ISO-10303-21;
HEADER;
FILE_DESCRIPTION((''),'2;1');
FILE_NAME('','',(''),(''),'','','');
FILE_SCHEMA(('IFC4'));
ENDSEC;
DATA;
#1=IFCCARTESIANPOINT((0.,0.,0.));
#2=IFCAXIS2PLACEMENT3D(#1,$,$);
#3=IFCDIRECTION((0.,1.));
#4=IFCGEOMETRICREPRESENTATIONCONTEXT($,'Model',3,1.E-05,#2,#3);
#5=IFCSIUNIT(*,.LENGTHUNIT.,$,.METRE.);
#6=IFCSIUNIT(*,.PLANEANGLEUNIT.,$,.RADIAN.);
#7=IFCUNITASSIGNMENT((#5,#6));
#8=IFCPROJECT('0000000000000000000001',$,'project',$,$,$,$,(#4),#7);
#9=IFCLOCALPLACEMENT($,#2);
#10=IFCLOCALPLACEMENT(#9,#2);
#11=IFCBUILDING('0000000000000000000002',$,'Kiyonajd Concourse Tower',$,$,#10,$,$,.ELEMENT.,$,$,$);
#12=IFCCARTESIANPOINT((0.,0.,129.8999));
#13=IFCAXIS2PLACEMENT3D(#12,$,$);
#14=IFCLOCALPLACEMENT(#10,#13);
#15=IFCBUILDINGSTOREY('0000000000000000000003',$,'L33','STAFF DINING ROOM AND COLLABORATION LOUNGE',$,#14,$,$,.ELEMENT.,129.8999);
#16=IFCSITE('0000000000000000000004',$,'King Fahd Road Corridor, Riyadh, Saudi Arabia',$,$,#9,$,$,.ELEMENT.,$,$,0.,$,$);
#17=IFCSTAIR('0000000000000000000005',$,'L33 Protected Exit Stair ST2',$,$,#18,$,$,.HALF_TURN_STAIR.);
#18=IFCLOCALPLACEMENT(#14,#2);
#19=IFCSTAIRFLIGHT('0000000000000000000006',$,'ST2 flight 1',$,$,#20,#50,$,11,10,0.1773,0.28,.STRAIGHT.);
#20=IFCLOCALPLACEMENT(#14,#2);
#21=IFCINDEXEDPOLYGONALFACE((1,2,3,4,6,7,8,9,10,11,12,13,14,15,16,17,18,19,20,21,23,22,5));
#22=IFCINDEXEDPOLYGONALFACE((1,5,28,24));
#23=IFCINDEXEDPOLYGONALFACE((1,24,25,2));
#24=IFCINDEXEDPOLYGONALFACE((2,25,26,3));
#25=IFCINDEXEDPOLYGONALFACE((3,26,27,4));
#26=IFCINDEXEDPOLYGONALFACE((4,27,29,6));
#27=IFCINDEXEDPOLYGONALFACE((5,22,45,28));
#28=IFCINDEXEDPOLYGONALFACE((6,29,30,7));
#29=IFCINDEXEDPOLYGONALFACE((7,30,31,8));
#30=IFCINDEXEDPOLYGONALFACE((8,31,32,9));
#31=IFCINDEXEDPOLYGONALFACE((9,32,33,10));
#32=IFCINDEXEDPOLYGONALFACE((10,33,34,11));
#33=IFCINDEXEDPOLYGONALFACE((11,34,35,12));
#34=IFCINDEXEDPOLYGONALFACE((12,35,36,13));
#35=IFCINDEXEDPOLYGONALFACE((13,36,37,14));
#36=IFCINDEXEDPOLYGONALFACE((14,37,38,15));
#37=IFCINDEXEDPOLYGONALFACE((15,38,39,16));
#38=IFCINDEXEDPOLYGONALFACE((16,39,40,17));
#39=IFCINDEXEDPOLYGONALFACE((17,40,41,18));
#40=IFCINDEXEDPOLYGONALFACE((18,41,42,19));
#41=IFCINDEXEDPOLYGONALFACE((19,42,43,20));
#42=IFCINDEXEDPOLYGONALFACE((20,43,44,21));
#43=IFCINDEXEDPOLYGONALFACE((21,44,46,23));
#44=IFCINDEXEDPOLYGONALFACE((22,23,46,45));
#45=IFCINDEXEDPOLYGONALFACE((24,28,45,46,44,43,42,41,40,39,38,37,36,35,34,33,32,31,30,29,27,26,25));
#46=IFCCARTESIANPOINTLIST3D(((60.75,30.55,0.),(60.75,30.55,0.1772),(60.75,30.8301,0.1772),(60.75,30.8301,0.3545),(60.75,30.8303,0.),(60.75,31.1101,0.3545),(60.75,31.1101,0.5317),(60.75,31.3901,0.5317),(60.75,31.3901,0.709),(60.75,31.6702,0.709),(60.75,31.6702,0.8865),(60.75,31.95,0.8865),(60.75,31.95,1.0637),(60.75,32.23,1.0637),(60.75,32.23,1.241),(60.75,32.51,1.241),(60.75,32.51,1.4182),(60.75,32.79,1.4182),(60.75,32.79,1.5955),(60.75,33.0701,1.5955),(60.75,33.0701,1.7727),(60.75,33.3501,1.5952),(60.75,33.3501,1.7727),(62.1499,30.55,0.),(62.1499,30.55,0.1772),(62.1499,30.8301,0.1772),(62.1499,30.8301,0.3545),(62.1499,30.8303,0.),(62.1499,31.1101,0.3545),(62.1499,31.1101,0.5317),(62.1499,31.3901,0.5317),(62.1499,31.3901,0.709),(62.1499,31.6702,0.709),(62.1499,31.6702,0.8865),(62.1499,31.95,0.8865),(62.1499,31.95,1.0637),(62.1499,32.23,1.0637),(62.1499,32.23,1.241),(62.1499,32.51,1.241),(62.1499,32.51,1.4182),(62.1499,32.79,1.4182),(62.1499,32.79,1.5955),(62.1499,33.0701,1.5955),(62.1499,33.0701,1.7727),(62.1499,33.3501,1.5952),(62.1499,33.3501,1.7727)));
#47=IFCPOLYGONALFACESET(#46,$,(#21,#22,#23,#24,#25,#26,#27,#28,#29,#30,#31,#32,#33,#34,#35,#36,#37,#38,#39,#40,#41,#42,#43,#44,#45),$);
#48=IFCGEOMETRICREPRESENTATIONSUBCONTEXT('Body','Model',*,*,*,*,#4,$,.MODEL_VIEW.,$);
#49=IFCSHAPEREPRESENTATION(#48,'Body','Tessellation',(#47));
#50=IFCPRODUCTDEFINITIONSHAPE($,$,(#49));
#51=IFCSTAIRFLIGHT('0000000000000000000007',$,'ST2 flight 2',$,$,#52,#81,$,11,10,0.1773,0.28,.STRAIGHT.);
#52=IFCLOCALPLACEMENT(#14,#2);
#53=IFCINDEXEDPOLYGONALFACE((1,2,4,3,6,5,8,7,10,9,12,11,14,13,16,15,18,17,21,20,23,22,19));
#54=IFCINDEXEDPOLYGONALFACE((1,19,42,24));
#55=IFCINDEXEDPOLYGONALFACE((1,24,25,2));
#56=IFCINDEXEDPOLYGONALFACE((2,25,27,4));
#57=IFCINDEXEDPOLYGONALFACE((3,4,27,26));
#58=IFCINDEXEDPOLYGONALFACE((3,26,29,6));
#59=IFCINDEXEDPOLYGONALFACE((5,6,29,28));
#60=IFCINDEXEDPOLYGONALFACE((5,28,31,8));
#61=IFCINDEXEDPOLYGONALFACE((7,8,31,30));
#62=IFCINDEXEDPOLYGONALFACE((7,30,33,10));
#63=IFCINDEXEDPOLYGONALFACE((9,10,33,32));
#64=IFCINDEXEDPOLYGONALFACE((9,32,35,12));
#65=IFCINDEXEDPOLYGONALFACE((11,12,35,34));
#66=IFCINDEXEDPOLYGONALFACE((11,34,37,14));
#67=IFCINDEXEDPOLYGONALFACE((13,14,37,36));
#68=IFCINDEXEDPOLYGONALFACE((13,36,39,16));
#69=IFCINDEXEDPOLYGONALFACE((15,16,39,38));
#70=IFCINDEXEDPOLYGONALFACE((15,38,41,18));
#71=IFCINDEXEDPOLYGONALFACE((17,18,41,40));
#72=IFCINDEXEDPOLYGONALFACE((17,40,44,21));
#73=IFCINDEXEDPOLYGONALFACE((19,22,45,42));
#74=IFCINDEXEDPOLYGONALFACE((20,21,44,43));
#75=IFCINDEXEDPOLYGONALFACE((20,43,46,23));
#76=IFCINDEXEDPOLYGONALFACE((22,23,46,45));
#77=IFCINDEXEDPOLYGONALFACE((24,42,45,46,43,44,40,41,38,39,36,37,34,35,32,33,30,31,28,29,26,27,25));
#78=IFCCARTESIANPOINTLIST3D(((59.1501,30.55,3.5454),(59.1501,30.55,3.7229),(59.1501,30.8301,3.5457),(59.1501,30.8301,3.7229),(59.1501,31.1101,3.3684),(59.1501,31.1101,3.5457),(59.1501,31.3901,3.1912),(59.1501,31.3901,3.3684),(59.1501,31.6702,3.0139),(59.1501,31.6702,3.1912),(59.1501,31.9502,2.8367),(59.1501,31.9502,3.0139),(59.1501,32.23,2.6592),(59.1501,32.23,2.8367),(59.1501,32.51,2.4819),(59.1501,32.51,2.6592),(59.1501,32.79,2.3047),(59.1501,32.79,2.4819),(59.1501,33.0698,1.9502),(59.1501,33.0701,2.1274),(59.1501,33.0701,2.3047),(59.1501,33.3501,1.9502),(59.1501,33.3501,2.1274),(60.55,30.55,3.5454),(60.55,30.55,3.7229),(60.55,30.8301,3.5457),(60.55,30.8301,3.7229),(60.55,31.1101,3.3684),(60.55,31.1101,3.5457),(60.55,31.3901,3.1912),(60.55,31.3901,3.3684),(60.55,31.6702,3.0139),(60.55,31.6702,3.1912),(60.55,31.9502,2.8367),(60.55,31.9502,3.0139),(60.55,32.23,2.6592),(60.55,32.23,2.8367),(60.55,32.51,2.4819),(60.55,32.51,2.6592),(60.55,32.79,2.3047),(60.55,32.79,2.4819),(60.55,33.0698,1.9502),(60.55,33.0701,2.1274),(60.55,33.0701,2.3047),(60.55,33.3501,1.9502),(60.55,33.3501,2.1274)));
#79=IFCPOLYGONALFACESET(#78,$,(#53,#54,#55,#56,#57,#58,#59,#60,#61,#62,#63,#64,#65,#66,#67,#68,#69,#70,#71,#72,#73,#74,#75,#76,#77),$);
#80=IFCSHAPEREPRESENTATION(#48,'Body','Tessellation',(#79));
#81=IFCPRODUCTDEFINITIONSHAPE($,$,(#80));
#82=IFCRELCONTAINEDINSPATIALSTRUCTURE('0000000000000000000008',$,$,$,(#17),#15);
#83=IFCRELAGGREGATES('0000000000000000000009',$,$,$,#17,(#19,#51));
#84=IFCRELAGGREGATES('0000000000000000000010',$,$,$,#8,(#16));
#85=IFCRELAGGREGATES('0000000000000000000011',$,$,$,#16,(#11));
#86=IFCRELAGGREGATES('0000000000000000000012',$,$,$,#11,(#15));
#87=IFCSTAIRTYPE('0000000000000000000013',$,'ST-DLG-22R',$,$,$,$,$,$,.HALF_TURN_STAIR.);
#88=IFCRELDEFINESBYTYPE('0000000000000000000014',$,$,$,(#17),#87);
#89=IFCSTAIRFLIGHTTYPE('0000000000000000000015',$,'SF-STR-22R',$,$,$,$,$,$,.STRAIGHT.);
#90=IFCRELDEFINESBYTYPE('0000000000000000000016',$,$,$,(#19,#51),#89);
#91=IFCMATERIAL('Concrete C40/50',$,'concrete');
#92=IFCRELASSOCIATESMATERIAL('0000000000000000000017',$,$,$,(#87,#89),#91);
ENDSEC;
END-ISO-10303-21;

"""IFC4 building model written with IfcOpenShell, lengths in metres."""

from ifc_helpers import new_model, si_unit, direction, frame, origin, place, context, subcontext, project, spatial, polyline, outline, extrude, material, type_object, element, aggregate, save


model = new_model("IFC4")

# Units and contexts
model_context = context("Model", 3, precision=1e-05, world=origin(), true_north=direction((0.0, 1.0)))
body_context = subcontext(model_context, "Body", "Model", "MODEL_VIEW")
ifc_project = project(units=[si_unit("LENGTHUNIT", "METRE"), si_unit("PLANEANGLEUNIT", "RADIAN")], contexts=[model_context])

# Site, building, storey
site_placement = place(None, origin())
site = spatial("IfcSite", under=ifc_project, at=site_placement, Name="King Fahd Road Corridor, Riyadh, Saudi Arabia", CompositionType="ELEMENT", RefElevation=0.0)
building_placement = place(site_placement, origin())
building = spatial("IfcBuilding", under=site, at=building_placement, Name="Kiyonajd Concourse Tower", CompositionType="ELEMENT")
storey_placement = place(building_placement, frame((0.0, 0.0, 129.8999)))
storey = spatial("IfcBuildingStorey", under=building, at=storey_placement, Name="L33", Description="STAFF DINING ROOM AND COLLABORATION LOUNGE", CompositionType="ELEMENT", Elevation=129.8999)

# Stair, stair flights
ifc_material_1 = material(Name="Concrete C40/50", Category="concrete")
stair_type = type_object("IfcStairType", Name="ST-DLG-22R", PredefinedType="HALF_TURN_STAIR", material=ifc_material_1)
stair_placement = place(storey_placement, origin())
stair = element("IfcStair", 1, at=stair_placement, inside=storey, type_object=stair_type, Name="L33 Protected Exit Stair ST2", PredefinedType="HALF_TURN_STAIR")
stair_flight_type = type_object("IfcStairFlightType", Name="SF-STR-22R", PredefinedType="STRAIGHT", material=ifc_material_1)
stair_flight_1_placement = place(storey_placement, frame((61.45, 30.55, 0.0), z_axis=(0.0, 0.0, 1.0), x_axis=(0.0, 1.0, 0.0)))
stair_flight_1 = element("IfcStairFlight", 2, at=stair_flight_1_placement, type_object=stair_flight_type, Name="ST2 flight 1", NumberOfRisers=11, NumberOfTreads=10, PredefinedType="STRAIGHT", RiserHeight=0.1773, TreadLength=0.28, context=body_context, shape_type="SweptSolid", body=[
    extrude(outline(polyline([(0.0, 0.0), (0.0, 0.1772), (0.28, 0.1772), (0.28, 0.3545), (0.5601, 0.3545), (0.5601, 0.5317), (0.8401, 0.5317), (0.8401, 0.709), (1.1201, 0.709), (1.1201, 0.8865), (1.3999, 0.8865), (1.3999, 1.0637), (1.6799, 1.0637), (1.6799, 1.241), (1.96, 1.241), (1.96, 1.4182), (2.24, 1.4182), (2.24, 1.5955), (2.52, 1.5955), (2.52, 1.7727), (2.8, 1.7727), (2.8, 1.95), (2.8, 1.5952), (0.2803, 0.0), (0.0, 0.0)])), frame((0.0, 0.7, 0.0), z_axis=(0.0, -1.0, 0.0), x_axis=(1.0, 0.0, 0.0)), (0.0, 0.0, 1.0), 1.3999),
])
stair_flight_2_placement = place(storey_placement, frame((59.8501, 33.3501, 1.9502), z_axis=(0.0, 0.0, 1.0), x_axis=(0.0, -1.0, 0.0)))
stair_flight_2 = element("IfcStairFlight", 3, at=stair_flight_2_placement, type_object=stair_flight_type, Name="ST2 flight 2", NumberOfRisers=11, NumberOfTreads=10, PredefinedType="STRAIGHT", RiserHeight=0.1773, TreadLength=0.28, context=body_context, shape_type="SweptSolid", body=[
    extrude(outline(polyline([(0.0, 0.0), (0.0, 0.1772), (0.28, 0.1772), (0.28, 0.3545), (0.5601, 0.3545), (0.5601, 0.5317), (0.8401, 0.5317), (0.8401, 0.709), (1.1201, 0.709), (1.1201, 0.8865), (1.3999, 0.8865), (1.3999, 1.0637), (1.6799, 1.0637), (1.6799, 1.241), (1.96, 1.241), (1.96, 1.4182), (2.24, 1.4182), (2.24, 1.5955), (2.52, 1.5955), (2.52, 1.7727), (2.8, 1.7727), (2.8, 1.95), (2.8, 1.5952), (0.2803, 0.0), (0.0, 0.0)])), frame((0.0, 0.7, 0.0), z_axis=(0.0, -1.0, 0.0), x_axis=(1.0, 0.0, 0.0)), (0.0, 0.0, 1.0), 1.3999),
])
aggregate(stair, [stair_flight_1, stair_flight_2])

save(model, "model.ifc")
